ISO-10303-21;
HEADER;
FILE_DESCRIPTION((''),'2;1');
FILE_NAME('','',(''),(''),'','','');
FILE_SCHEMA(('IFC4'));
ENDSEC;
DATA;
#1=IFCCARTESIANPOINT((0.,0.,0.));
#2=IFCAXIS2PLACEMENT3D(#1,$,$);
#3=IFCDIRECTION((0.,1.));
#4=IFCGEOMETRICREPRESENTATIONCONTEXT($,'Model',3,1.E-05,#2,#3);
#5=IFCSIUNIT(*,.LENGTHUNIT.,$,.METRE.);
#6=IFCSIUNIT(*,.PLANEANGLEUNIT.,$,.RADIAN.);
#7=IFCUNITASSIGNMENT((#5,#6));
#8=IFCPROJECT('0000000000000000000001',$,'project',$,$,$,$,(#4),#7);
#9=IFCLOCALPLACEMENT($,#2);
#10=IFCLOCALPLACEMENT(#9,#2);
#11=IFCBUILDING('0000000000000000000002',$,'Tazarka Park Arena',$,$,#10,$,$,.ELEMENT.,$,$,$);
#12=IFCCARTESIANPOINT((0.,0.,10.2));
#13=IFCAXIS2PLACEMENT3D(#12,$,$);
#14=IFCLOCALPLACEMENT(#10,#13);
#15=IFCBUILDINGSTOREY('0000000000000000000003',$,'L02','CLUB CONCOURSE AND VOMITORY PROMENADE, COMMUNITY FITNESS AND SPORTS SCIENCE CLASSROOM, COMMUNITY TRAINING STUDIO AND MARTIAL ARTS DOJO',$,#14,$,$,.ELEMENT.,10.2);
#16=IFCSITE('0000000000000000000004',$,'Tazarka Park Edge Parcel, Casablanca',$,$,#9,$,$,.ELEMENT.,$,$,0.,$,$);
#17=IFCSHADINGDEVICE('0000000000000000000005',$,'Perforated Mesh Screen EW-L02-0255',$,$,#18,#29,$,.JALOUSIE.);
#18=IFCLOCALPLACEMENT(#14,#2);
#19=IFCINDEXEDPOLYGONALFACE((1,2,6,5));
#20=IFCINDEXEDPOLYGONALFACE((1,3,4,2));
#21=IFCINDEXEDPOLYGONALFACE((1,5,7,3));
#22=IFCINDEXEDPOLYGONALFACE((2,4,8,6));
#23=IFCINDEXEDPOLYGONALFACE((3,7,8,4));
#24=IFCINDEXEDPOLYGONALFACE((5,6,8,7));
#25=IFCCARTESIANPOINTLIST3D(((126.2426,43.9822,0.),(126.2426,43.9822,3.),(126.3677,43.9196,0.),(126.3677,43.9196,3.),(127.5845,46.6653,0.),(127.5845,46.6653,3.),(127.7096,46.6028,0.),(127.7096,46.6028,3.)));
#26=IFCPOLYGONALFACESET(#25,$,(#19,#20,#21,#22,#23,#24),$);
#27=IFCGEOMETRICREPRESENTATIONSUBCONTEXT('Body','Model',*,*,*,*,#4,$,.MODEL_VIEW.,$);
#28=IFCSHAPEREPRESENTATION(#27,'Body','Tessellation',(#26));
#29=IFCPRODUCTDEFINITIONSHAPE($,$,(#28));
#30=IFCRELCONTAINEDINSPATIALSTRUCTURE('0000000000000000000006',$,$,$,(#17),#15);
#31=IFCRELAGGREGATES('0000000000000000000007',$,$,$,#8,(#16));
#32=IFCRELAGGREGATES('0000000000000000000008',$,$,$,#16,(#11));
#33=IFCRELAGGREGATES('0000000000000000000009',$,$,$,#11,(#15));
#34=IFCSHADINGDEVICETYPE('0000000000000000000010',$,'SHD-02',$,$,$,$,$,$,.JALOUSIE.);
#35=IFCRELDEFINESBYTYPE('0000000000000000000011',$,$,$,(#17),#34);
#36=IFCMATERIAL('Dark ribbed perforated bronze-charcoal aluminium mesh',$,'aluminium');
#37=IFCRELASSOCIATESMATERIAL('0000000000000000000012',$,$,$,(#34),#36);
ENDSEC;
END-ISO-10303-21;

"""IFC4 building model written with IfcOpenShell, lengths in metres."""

from ifc_helpers import new_model, si_unit, direction, frame, origin, origin_2d, place, context, subcontext, project, spatial, rectangle, extrude, material, type_object, element, save


model = new_model("IFC4")

# Units and contexts
model_context = context("Model", 3, precision=1e-05, world=origin(), true_north=direction((0.0, 1.0)))
body_context = subcontext(model_context, "Body", "Model", "MODEL_VIEW")
ifc_project = project(units=[si_unit("LENGTHUNIT", "METRE"), si_unit("PLANEANGLEUNIT", "RADIAN")], contexts=[model_context])

# Site, building, storey
site_placement = place(None, origin())
site = spatial("IfcSite", under=ifc_project, at=site_placement, Name="Tazarka Park Edge Parcel, Casablanca", CompositionType="ELEMENT", RefElevation=0.0)
building_placement = place(site_placement, origin())
building = spatial("IfcBuilding", under=site, at=building_placement, Name="Tazarka Park Arena", CompositionType="ELEMENT")
storey_placement = place(building_placement, frame((0.0, 0.0, 10.2)))
storey = spatial("IfcBuildingStorey", under=building, at=storey_placement, Name="L02", Description="CLUB CONCOURSE AND VOMITORY PROMENADE, COMMUNITY FITNESS AND SPORTS SCIENCE CLASSROOM, COMMUNITY TRAINING STUDIO AND MARTIAL ARTS DOJO", CompositionType="ELEMENT", Elevation=10.2)

# Shading device
ifc_material_1 = material(Name="Dark ribbed perforated bronze-charcoal aluminium mesh", Category="aluminium")
shading_device_type = type_object("IfcShadingDeviceType", Name="SHD-02", PredefinedType="JALOUSIE", material=ifc_material_1)
shading_device_placement = place(storey_placement, frame((126.9761, 45.2925, 0.0), z_axis=(0.0, 0.0, 1.0), x_axis=(-0.447291, -0.894389, 0.0)))
element("IfcShadingDevice", 1, at=shading_device_placement, inside=storey, type_object=shading_device_type, Name="Perforated Mesh Screen EW-L02-0255", PredefinedType="JALOUSIE", context=body_context, shape_type="SweptSolid", body=[
    extrude(rectangle(XDim=3.0, YDim=0.1399, at=origin_2d()), origin(), (0.0, 0.0, 1.0), 3.0),
])

save(model, "model.ifc")
